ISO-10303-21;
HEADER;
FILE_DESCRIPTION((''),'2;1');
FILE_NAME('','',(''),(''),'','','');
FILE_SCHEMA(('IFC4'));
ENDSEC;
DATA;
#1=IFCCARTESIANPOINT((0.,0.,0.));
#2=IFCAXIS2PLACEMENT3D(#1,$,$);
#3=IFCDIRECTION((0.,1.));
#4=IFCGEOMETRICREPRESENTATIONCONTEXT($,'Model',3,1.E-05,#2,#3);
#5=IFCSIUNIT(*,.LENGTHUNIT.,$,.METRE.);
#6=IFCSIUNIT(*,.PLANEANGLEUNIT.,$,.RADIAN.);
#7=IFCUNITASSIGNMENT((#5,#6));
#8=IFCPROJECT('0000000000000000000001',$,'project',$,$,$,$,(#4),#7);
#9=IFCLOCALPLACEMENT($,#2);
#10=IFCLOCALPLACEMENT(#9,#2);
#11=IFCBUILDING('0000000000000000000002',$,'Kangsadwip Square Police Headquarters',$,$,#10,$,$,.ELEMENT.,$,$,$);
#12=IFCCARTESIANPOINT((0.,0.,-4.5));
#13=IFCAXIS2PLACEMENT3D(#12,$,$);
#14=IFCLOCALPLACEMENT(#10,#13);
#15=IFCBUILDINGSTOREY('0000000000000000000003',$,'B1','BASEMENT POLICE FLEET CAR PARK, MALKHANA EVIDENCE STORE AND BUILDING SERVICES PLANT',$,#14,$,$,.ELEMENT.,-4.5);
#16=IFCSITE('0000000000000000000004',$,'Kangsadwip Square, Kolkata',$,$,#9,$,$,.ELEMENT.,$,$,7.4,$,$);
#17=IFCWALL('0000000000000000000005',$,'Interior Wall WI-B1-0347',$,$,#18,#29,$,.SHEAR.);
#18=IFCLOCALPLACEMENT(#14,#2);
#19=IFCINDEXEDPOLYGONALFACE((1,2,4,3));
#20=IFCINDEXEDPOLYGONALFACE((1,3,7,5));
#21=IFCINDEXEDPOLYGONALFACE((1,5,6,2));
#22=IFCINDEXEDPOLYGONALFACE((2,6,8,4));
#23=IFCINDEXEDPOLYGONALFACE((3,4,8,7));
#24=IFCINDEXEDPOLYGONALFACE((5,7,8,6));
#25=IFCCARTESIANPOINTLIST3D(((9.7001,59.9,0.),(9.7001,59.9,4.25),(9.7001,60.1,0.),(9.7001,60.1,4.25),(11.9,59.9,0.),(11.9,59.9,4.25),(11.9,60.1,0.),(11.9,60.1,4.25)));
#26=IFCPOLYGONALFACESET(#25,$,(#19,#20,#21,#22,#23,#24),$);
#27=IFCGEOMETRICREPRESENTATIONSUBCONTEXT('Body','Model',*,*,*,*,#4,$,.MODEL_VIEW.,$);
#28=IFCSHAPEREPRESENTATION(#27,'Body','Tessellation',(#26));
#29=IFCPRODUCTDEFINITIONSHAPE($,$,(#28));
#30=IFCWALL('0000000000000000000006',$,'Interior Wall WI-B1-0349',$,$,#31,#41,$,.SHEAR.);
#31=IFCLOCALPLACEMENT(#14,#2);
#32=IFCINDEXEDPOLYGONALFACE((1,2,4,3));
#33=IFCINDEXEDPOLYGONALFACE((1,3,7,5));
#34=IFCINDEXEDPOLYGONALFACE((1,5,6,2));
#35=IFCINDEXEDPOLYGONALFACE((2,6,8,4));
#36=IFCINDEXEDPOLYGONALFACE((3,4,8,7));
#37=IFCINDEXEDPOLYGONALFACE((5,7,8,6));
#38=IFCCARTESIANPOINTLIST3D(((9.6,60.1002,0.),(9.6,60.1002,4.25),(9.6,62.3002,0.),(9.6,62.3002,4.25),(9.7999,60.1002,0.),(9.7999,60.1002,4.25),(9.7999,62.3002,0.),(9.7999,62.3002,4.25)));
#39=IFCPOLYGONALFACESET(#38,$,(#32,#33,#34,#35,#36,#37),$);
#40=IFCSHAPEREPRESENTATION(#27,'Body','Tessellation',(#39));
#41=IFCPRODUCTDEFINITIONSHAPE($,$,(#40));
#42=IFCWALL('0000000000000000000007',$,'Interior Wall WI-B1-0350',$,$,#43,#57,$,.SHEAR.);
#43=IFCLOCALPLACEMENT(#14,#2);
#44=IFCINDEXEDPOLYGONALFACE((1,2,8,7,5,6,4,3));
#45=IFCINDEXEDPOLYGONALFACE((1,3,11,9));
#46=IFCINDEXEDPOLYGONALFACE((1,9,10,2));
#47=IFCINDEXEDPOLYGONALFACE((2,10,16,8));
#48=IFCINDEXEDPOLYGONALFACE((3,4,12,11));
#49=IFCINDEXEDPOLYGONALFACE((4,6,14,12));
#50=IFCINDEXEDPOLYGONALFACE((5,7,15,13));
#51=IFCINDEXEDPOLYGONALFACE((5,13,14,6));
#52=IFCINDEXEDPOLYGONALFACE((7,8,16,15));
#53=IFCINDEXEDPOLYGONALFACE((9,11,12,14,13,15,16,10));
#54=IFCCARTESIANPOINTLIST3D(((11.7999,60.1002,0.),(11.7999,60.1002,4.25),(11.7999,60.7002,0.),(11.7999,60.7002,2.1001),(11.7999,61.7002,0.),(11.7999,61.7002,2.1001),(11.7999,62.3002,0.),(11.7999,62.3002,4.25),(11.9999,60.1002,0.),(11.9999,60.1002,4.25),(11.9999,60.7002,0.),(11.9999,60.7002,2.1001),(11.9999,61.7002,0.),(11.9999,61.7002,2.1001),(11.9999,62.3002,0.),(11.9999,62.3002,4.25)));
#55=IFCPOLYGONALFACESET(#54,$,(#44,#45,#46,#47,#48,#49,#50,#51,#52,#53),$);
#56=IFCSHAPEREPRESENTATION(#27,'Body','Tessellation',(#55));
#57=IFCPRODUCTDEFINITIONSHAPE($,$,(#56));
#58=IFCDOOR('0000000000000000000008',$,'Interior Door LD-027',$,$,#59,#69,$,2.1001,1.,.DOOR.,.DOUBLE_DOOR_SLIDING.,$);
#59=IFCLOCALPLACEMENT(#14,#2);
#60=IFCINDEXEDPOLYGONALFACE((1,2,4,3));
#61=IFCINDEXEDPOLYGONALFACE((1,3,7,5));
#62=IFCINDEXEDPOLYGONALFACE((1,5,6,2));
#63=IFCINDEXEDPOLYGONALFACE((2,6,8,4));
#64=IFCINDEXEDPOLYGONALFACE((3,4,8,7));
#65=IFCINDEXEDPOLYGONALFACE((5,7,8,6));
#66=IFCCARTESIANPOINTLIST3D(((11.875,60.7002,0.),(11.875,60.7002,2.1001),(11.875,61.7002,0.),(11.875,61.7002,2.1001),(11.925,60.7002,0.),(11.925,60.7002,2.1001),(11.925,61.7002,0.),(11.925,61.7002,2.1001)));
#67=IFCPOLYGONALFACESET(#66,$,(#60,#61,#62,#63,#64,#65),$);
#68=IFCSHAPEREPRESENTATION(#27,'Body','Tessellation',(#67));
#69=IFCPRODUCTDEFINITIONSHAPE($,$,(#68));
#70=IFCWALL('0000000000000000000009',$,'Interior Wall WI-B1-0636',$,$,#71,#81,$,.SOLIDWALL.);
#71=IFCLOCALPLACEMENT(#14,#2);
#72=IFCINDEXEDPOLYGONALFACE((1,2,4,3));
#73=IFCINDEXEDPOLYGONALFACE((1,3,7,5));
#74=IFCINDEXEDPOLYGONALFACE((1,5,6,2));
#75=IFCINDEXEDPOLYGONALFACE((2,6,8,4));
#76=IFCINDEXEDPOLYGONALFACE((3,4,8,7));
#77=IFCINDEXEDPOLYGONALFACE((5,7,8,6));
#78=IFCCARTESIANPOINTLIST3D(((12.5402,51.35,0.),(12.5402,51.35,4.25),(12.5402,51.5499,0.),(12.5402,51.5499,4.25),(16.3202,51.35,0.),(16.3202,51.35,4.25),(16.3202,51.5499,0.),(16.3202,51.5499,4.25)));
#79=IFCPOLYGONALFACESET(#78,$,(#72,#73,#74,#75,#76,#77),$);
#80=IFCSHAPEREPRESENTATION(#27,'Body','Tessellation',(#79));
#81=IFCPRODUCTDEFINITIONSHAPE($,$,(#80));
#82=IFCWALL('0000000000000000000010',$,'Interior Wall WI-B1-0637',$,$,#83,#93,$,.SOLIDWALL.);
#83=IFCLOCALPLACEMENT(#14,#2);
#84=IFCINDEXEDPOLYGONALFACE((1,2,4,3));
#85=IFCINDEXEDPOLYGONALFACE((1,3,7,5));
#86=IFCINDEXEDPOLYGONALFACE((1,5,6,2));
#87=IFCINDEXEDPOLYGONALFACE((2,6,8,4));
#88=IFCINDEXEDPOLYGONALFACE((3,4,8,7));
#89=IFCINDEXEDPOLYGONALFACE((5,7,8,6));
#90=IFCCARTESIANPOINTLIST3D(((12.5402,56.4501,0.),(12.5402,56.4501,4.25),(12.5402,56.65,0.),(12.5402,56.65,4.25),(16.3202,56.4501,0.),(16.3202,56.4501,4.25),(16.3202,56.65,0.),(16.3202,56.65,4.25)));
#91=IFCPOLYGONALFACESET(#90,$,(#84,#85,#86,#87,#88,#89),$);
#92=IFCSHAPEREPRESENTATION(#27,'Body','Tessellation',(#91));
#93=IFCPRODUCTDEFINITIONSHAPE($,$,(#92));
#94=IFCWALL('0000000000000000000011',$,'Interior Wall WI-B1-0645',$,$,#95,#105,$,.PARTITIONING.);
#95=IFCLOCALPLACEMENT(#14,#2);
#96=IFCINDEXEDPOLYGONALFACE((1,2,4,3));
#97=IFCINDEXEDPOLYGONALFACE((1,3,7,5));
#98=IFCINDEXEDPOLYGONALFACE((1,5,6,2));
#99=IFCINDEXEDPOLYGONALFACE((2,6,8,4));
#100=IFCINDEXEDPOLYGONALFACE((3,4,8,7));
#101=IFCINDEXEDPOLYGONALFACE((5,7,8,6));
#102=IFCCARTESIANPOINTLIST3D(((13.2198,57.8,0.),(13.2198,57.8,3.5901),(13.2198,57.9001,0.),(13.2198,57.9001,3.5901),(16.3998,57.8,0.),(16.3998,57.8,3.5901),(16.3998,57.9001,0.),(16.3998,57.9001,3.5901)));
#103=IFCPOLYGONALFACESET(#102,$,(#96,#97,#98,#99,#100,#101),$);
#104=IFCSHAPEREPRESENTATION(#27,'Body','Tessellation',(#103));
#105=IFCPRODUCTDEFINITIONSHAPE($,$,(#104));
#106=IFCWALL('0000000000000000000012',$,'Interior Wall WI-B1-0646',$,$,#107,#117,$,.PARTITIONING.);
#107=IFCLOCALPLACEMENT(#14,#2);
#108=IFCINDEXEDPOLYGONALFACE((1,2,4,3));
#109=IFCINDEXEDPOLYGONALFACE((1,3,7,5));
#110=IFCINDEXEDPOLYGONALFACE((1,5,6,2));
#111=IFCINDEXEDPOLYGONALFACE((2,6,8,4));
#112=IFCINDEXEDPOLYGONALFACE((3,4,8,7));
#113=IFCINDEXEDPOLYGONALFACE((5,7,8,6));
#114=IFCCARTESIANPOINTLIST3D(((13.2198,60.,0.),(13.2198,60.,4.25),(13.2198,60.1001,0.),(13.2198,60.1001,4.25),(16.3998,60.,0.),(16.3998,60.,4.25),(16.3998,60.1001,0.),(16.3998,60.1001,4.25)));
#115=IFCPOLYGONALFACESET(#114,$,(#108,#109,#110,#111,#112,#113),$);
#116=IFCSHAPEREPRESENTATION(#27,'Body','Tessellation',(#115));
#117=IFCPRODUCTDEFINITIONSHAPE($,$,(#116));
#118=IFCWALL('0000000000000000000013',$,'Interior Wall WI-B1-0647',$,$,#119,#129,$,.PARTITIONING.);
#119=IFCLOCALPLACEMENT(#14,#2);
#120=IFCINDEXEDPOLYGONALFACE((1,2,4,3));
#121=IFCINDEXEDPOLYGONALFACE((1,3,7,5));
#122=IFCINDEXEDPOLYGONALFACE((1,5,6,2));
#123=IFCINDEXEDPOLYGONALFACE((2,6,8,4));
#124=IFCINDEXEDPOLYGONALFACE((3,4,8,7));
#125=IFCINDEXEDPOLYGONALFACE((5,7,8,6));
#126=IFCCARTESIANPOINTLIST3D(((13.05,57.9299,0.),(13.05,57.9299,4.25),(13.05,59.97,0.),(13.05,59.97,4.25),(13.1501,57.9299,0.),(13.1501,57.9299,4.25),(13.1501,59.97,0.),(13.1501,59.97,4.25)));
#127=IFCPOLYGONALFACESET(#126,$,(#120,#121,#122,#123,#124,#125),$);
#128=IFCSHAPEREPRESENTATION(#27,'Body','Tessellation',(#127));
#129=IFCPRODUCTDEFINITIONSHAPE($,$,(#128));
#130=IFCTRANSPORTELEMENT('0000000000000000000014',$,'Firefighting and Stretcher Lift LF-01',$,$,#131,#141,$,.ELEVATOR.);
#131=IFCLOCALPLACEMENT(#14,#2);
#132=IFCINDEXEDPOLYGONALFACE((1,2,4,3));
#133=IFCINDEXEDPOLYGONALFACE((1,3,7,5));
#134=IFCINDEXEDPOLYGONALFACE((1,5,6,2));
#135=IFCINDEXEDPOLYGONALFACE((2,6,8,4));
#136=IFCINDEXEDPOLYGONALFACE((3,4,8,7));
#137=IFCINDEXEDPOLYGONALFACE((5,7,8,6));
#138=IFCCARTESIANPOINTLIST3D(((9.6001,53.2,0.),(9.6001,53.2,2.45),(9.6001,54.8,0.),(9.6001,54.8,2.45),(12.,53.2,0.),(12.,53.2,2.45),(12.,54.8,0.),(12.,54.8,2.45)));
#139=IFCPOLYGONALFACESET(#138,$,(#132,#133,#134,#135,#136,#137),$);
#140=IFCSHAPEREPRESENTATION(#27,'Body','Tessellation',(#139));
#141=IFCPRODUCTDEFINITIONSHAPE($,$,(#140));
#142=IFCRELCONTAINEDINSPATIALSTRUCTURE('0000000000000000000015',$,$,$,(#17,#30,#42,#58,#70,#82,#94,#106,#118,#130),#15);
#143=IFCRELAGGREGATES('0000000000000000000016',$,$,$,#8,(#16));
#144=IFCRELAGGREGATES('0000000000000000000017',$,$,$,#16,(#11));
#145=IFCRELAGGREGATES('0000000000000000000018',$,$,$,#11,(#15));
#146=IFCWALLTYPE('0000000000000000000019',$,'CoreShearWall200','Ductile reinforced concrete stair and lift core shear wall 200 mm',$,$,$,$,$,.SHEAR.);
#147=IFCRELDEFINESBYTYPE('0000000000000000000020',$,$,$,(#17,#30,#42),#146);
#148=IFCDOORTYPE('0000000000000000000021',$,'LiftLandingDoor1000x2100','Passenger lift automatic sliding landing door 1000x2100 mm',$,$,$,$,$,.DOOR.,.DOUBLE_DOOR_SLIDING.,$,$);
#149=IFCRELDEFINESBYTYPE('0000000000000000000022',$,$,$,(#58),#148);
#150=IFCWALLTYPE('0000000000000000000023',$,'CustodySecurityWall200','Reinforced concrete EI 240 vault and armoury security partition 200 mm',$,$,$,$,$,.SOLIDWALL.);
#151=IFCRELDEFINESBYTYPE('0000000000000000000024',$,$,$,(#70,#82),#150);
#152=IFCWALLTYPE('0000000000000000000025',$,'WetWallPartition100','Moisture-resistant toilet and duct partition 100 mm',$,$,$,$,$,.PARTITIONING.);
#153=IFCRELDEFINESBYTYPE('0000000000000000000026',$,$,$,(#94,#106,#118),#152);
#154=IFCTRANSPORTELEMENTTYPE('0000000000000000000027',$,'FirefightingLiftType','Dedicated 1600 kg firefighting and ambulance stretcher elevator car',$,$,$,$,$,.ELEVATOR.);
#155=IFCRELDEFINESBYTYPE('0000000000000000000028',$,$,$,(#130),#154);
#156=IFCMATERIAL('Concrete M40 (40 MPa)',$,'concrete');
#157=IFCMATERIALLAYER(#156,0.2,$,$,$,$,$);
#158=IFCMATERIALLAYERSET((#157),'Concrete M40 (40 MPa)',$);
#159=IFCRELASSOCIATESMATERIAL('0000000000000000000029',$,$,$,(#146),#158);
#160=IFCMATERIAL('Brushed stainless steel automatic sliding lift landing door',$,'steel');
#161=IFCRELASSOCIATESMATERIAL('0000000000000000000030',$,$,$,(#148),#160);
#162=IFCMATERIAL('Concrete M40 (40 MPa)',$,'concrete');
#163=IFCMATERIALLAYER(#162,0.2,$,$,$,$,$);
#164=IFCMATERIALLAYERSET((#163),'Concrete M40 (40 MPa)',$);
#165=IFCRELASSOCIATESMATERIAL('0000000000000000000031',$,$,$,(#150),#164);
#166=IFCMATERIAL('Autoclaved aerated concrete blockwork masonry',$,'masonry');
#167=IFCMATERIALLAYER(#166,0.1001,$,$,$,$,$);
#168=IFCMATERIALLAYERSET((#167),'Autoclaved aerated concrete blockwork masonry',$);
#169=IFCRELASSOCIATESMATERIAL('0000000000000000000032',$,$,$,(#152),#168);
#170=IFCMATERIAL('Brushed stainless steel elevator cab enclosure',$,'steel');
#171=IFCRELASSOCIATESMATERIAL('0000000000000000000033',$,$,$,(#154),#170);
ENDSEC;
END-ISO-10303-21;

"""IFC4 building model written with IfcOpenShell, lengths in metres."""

from ifc_helpers import new_model, si_unit, direction, frame, frame_2d, origin, origin_2d, place, context, subcontext, project, spatial, rectangle, extrude, material, layer, layer_set, type_object, element, fill, save


model = new_model("IFC4")

# Units and contexts
model_context = context("Model", 3, precision=1e-05, world=origin(), true_north=direction((0.0, 1.0)))
body_context = subcontext(model_context, "Body", "Model", "MODEL_VIEW")
ifc_project = project(units=[si_unit("LENGTHUNIT", "METRE"), si_unit("PLANEANGLEUNIT", "RADIAN")], contexts=[model_context])

# Site, building, storey
site_placement = place(None, origin())
site = spatial("IfcSite", under=ifc_project, at=site_placement, Name="Kangsadwip Square, Kolkata", CompositionType="ELEMENT", RefElevation=7.4)
building_placement = place(site_placement, origin())
building = spatial("IfcBuilding", under=site, at=building_placement, Name="Kangsadwip Square Police Headquarters", CompositionType="ELEMENT")
storey_placement = place(building_placement, frame((0.0, 0.0, -4.5)))
storey = spatial("IfcBuildingStorey", under=building, at=storey_placement, Name="B1", Description="BASEMENT POLICE FLEET CAR PARK, MALKHANA EVIDENCE STORE AND BUILDING SERVICES PLANT", CompositionType="ELEMENT", Elevation=-4.5)

# Shared definitions
ifc_material_1 = material(Name="Concrete M40 (40 MPa)", Category="concrete")
ifc_layer_1 = layer(ifc_material_1, 0.2)
ifc_layer_set_1 = layer_set([ifc_layer_1], Name="Concrete M40 (40 MPa)")
wall_type_1 = type_object("IfcWallType", Name="CoreShearWall200", Description="Ductile reinforced concrete stair and lift core shear wall 200 mm", PredefinedType="SHEAR", material=ifc_layer_set_1)

# Walls
for number, where, z_axis, x_axis, name in (
    (1, (9.7, 60.0, 0.0), (0.0, 0.0, 1.0), (1.0, 0.0, 0.0), "Interior Wall WI-B1-0347"),
    (2, (9.7, 60.1001, 0.0), (0.0, 0.0, 1.0), (0.0, 1.0, 0.0), "Interior Wall WI-B1-0349"),
):
    element("IfcWall", number, at=place(storey_placement, frame(where, z_axis=z_axis, x_axis=x_axis)), inside=storey, type_object=wall_type_1, Name=name, PredefinedType="SHEAR", context=body_context, shape_type="SweptSolid", body=[
        extrude(rectangle(XDim=2.2, YDim=0.2, at=frame_2d((1.1001, 0.0))), origin(), (0.0, 0.0, 1.0), 4.25),
    ])

# Wall, opening, door
wall_1_placement = place(storey_placement, frame((11.8999, 60.1001, 0.0), z_axis=(0.0, 0.0, 1.0), x_axis=(0.0, 1.0, 0.0)))
wall_1 = element("IfcWall", 3, at=wall_1_placement, inside=storey, type_object=wall_type_1, Name="Interior Wall WI-B1-0350", PredefinedType="SHEAR", context=body_context, shape_type="SweptSolid", body=[
    extrude(rectangle(XDim=2.2, YDim=0.2, at=frame_2d((1.1001, 0.0))), origin(), (0.0, 0.0, 1.0), 4.25),
])
opening_1_placement = place(wall_1_placement, frame((0.6001, 0.0, 0.0)))
opening_1 = element("IfcOpeningElement", 4, at=opening_1_placement, cuts=wall_1, PredefinedType="OPENING", context=body_context, shape_type="SweptSolid", body=[
    extrude(rectangle(XDim=1.0, YDim=2.1001, at=frame_2d((0.5, 1.05))), frame((0.0, 0.1099, 0.0), z_axis=(0.0, -1.0, 0.0), x_axis=(1.0, 0.0, 0.0)), (0.0, 0.0, 1.0), 0.22),
])
ifc_material_2 = material(Name="Brushed stainless steel automatic sliding lift landing door", Category="steel")
door_type_1 = type_object("IfcDoorType", Name="LiftLandingDoor1000x2100", Description="Passenger lift automatic sliding landing door 1000x2100 mm", OperationType="DOUBLE_DOOR_SLIDING", PredefinedType="DOOR", material=ifc_material_2)
door_1_placement = place(opening_1_placement, origin())
door_1 = element("IfcDoor", 5, at=door_1_placement, inside=storey, type_object=door_type_1, Name="Interior Door LD-027", OperationType="DOUBLE_DOOR_SLIDING", OverallHeight=2.1001, OverallWidth=1.0, PredefinedType="DOOR", context=body_context, shape_type="SweptSolid", body=[
    extrude(rectangle(XDim=1.0, YDim=2.1001, at=frame_2d((0.5, 1.05))), frame((0.0, 0.0249, 0.0), z_axis=(0.0, -1.0, 0.0), x_axis=(1.0, 0.0, 0.0)), (0.0, 0.0, 1.0), 0.05),
])
fill(opening_1, door_1)

# Walls
ifc_material_3 = material(Name="Concrete M40 (40 MPa)", Category="concrete")
ifc_layer_2 = layer(ifc_material_3, 0.2)
ifc_layer_set_2 = layer_set([ifc_layer_2], Name="Concrete M40 (40 MPa)")
wall_type_2 = type_object("IfcWallType", Name="CustodySecurityWall200", Description="Reinforced concrete EI 240 vault and armoury security partition 200 mm", PredefinedType="SOLIDWALL", material=ifc_layer_set_2)
for number, where, z_axis, x_axis, name in (
    (6, (12.54, 51.45, 0.0), (0.0, 0.0, 1.0), (1.0, 0.0, 0.0), "Interior Wall WI-B1-0636"),
    (7, (12.54, 56.55, 0.0), (0.0, 0.0, 1.0), (1.0, 0.0, 0.0), "Interior Wall WI-B1-0637"),
):
    element("IfcWall", number, at=place(storey_placement, frame(where, z_axis=z_axis, x_axis=x_axis)), inside=storey, type_object=wall_type_2, Name=name, PredefinedType="SOLIDWALL", context=body_context, shape_type="SweptSolid", body=[
        extrude(rectangle(XDim=3.78, YDim=0.2, at=frame_2d((1.8901, 0.0))), origin(), (0.0, 0.0, 1.0), 4.25),
    ])
ifc_material_4 = material(Name="Autoclaved aerated concrete blockwork masonry", Category="masonry")
ifc_layer_3 = layer(ifc_material_4, 0.1001)
ifc_layer_set_3 = layer_set([ifc_layer_3], Name="Autoclaved aerated concrete blockwork masonry")
wall_type_3 = type_object("IfcWallType", Name="WetWallPartition100", Description="Moisture-resistant toilet and duct partition 100 mm", PredefinedType="PARTITIONING", material=ifc_layer_set_3)
wall_2_placement = place(storey_placement, frame((13.22, 57.8501, 0.0), z_axis=(0.0, 0.0, 1.0), x_axis=(1.0, 0.0, 0.0)))
element("IfcWall", 8, at=wall_2_placement, inside=storey, type_object=wall_type_3, Name="Interior Wall WI-B1-0645", PredefinedType="PARTITIONING", context=body_context, shape_type="SweptSolid", body=[
    extrude(rectangle(XDim=3.1799, YDim=0.1001, at=frame_2d((1.5898, 0.0))), origin(), (0.0, 0.0, 1.0), 3.5901),
])
wall_3_placement = place(storey_placement, frame((13.22, 60.05, 0.0), z_axis=(0.0, 0.0, 1.0), x_axis=(1.0, 0.0, 0.0)))
element("IfcWall", 9, at=wall_3_placement, inside=storey, type_object=wall_type_3, Name="Interior Wall WI-B1-0646", PredefinedType="PARTITIONING", context=body_context, shape_type="SweptSolid", body=[
    extrude(rectangle(XDim=3.1799, YDim=0.1001, at=frame_2d((1.5898, 0.0))), origin(), (0.0, 0.0, 1.0), 4.25),
])
wall_4_placement = place(storey_placement, frame((13.1001, 57.9299, 0.0), z_axis=(0.0, 0.0, 1.0), x_axis=(0.0, 1.0, 0.0)))
element("IfcWall", 10, at=wall_4_placement, inside=storey, type_object=wall_type_3, Name="Interior Wall WI-B1-0647", PredefinedType="PARTITIONING", context=body_context, shape_type="SweptSolid", body=[
    extrude(rectangle(XDim=2.04, YDim=0.1001, at=frame_2d((1.02, 0.0))), origin(), (0.0, 0.0, 1.0), 4.25),
])

# Transport element
ifc_material_5 = material(Name="Brushed stainless steel elevator cab enclosure", Category="steel")
transport_element_type = type_object("IfcTransportElementType", Name="FirefightingLiftType", Description="Dedicated 1600 kg firefighting and ambulance stretcher elevator car", PredefinedType="ELEVATOR", material=ifc_material_5)
transport_element_placement = place(storey_placement, frame((10.8, 54.0, 0.0), z_axis=(0.0, 0.0, 1.0), x_axis=(1.0, 0.0, 0.0)))
element("IfcTransportElement", 11, at=transport_element_placement, inside=storey, type_object=transport_element_type, Name="Firefighting and Stretcher Lift LF-01", PredefinedType="ELEVATOR", context=body_context, shape_type="SweptSolid", body=[
    extrude(rectangle(XDim=2.3999, YDim=1.6001, at=origin_2d()), origin(), (0.0, 0.0, 1.0), 2.45),
])

save(model, "model.ifc")
